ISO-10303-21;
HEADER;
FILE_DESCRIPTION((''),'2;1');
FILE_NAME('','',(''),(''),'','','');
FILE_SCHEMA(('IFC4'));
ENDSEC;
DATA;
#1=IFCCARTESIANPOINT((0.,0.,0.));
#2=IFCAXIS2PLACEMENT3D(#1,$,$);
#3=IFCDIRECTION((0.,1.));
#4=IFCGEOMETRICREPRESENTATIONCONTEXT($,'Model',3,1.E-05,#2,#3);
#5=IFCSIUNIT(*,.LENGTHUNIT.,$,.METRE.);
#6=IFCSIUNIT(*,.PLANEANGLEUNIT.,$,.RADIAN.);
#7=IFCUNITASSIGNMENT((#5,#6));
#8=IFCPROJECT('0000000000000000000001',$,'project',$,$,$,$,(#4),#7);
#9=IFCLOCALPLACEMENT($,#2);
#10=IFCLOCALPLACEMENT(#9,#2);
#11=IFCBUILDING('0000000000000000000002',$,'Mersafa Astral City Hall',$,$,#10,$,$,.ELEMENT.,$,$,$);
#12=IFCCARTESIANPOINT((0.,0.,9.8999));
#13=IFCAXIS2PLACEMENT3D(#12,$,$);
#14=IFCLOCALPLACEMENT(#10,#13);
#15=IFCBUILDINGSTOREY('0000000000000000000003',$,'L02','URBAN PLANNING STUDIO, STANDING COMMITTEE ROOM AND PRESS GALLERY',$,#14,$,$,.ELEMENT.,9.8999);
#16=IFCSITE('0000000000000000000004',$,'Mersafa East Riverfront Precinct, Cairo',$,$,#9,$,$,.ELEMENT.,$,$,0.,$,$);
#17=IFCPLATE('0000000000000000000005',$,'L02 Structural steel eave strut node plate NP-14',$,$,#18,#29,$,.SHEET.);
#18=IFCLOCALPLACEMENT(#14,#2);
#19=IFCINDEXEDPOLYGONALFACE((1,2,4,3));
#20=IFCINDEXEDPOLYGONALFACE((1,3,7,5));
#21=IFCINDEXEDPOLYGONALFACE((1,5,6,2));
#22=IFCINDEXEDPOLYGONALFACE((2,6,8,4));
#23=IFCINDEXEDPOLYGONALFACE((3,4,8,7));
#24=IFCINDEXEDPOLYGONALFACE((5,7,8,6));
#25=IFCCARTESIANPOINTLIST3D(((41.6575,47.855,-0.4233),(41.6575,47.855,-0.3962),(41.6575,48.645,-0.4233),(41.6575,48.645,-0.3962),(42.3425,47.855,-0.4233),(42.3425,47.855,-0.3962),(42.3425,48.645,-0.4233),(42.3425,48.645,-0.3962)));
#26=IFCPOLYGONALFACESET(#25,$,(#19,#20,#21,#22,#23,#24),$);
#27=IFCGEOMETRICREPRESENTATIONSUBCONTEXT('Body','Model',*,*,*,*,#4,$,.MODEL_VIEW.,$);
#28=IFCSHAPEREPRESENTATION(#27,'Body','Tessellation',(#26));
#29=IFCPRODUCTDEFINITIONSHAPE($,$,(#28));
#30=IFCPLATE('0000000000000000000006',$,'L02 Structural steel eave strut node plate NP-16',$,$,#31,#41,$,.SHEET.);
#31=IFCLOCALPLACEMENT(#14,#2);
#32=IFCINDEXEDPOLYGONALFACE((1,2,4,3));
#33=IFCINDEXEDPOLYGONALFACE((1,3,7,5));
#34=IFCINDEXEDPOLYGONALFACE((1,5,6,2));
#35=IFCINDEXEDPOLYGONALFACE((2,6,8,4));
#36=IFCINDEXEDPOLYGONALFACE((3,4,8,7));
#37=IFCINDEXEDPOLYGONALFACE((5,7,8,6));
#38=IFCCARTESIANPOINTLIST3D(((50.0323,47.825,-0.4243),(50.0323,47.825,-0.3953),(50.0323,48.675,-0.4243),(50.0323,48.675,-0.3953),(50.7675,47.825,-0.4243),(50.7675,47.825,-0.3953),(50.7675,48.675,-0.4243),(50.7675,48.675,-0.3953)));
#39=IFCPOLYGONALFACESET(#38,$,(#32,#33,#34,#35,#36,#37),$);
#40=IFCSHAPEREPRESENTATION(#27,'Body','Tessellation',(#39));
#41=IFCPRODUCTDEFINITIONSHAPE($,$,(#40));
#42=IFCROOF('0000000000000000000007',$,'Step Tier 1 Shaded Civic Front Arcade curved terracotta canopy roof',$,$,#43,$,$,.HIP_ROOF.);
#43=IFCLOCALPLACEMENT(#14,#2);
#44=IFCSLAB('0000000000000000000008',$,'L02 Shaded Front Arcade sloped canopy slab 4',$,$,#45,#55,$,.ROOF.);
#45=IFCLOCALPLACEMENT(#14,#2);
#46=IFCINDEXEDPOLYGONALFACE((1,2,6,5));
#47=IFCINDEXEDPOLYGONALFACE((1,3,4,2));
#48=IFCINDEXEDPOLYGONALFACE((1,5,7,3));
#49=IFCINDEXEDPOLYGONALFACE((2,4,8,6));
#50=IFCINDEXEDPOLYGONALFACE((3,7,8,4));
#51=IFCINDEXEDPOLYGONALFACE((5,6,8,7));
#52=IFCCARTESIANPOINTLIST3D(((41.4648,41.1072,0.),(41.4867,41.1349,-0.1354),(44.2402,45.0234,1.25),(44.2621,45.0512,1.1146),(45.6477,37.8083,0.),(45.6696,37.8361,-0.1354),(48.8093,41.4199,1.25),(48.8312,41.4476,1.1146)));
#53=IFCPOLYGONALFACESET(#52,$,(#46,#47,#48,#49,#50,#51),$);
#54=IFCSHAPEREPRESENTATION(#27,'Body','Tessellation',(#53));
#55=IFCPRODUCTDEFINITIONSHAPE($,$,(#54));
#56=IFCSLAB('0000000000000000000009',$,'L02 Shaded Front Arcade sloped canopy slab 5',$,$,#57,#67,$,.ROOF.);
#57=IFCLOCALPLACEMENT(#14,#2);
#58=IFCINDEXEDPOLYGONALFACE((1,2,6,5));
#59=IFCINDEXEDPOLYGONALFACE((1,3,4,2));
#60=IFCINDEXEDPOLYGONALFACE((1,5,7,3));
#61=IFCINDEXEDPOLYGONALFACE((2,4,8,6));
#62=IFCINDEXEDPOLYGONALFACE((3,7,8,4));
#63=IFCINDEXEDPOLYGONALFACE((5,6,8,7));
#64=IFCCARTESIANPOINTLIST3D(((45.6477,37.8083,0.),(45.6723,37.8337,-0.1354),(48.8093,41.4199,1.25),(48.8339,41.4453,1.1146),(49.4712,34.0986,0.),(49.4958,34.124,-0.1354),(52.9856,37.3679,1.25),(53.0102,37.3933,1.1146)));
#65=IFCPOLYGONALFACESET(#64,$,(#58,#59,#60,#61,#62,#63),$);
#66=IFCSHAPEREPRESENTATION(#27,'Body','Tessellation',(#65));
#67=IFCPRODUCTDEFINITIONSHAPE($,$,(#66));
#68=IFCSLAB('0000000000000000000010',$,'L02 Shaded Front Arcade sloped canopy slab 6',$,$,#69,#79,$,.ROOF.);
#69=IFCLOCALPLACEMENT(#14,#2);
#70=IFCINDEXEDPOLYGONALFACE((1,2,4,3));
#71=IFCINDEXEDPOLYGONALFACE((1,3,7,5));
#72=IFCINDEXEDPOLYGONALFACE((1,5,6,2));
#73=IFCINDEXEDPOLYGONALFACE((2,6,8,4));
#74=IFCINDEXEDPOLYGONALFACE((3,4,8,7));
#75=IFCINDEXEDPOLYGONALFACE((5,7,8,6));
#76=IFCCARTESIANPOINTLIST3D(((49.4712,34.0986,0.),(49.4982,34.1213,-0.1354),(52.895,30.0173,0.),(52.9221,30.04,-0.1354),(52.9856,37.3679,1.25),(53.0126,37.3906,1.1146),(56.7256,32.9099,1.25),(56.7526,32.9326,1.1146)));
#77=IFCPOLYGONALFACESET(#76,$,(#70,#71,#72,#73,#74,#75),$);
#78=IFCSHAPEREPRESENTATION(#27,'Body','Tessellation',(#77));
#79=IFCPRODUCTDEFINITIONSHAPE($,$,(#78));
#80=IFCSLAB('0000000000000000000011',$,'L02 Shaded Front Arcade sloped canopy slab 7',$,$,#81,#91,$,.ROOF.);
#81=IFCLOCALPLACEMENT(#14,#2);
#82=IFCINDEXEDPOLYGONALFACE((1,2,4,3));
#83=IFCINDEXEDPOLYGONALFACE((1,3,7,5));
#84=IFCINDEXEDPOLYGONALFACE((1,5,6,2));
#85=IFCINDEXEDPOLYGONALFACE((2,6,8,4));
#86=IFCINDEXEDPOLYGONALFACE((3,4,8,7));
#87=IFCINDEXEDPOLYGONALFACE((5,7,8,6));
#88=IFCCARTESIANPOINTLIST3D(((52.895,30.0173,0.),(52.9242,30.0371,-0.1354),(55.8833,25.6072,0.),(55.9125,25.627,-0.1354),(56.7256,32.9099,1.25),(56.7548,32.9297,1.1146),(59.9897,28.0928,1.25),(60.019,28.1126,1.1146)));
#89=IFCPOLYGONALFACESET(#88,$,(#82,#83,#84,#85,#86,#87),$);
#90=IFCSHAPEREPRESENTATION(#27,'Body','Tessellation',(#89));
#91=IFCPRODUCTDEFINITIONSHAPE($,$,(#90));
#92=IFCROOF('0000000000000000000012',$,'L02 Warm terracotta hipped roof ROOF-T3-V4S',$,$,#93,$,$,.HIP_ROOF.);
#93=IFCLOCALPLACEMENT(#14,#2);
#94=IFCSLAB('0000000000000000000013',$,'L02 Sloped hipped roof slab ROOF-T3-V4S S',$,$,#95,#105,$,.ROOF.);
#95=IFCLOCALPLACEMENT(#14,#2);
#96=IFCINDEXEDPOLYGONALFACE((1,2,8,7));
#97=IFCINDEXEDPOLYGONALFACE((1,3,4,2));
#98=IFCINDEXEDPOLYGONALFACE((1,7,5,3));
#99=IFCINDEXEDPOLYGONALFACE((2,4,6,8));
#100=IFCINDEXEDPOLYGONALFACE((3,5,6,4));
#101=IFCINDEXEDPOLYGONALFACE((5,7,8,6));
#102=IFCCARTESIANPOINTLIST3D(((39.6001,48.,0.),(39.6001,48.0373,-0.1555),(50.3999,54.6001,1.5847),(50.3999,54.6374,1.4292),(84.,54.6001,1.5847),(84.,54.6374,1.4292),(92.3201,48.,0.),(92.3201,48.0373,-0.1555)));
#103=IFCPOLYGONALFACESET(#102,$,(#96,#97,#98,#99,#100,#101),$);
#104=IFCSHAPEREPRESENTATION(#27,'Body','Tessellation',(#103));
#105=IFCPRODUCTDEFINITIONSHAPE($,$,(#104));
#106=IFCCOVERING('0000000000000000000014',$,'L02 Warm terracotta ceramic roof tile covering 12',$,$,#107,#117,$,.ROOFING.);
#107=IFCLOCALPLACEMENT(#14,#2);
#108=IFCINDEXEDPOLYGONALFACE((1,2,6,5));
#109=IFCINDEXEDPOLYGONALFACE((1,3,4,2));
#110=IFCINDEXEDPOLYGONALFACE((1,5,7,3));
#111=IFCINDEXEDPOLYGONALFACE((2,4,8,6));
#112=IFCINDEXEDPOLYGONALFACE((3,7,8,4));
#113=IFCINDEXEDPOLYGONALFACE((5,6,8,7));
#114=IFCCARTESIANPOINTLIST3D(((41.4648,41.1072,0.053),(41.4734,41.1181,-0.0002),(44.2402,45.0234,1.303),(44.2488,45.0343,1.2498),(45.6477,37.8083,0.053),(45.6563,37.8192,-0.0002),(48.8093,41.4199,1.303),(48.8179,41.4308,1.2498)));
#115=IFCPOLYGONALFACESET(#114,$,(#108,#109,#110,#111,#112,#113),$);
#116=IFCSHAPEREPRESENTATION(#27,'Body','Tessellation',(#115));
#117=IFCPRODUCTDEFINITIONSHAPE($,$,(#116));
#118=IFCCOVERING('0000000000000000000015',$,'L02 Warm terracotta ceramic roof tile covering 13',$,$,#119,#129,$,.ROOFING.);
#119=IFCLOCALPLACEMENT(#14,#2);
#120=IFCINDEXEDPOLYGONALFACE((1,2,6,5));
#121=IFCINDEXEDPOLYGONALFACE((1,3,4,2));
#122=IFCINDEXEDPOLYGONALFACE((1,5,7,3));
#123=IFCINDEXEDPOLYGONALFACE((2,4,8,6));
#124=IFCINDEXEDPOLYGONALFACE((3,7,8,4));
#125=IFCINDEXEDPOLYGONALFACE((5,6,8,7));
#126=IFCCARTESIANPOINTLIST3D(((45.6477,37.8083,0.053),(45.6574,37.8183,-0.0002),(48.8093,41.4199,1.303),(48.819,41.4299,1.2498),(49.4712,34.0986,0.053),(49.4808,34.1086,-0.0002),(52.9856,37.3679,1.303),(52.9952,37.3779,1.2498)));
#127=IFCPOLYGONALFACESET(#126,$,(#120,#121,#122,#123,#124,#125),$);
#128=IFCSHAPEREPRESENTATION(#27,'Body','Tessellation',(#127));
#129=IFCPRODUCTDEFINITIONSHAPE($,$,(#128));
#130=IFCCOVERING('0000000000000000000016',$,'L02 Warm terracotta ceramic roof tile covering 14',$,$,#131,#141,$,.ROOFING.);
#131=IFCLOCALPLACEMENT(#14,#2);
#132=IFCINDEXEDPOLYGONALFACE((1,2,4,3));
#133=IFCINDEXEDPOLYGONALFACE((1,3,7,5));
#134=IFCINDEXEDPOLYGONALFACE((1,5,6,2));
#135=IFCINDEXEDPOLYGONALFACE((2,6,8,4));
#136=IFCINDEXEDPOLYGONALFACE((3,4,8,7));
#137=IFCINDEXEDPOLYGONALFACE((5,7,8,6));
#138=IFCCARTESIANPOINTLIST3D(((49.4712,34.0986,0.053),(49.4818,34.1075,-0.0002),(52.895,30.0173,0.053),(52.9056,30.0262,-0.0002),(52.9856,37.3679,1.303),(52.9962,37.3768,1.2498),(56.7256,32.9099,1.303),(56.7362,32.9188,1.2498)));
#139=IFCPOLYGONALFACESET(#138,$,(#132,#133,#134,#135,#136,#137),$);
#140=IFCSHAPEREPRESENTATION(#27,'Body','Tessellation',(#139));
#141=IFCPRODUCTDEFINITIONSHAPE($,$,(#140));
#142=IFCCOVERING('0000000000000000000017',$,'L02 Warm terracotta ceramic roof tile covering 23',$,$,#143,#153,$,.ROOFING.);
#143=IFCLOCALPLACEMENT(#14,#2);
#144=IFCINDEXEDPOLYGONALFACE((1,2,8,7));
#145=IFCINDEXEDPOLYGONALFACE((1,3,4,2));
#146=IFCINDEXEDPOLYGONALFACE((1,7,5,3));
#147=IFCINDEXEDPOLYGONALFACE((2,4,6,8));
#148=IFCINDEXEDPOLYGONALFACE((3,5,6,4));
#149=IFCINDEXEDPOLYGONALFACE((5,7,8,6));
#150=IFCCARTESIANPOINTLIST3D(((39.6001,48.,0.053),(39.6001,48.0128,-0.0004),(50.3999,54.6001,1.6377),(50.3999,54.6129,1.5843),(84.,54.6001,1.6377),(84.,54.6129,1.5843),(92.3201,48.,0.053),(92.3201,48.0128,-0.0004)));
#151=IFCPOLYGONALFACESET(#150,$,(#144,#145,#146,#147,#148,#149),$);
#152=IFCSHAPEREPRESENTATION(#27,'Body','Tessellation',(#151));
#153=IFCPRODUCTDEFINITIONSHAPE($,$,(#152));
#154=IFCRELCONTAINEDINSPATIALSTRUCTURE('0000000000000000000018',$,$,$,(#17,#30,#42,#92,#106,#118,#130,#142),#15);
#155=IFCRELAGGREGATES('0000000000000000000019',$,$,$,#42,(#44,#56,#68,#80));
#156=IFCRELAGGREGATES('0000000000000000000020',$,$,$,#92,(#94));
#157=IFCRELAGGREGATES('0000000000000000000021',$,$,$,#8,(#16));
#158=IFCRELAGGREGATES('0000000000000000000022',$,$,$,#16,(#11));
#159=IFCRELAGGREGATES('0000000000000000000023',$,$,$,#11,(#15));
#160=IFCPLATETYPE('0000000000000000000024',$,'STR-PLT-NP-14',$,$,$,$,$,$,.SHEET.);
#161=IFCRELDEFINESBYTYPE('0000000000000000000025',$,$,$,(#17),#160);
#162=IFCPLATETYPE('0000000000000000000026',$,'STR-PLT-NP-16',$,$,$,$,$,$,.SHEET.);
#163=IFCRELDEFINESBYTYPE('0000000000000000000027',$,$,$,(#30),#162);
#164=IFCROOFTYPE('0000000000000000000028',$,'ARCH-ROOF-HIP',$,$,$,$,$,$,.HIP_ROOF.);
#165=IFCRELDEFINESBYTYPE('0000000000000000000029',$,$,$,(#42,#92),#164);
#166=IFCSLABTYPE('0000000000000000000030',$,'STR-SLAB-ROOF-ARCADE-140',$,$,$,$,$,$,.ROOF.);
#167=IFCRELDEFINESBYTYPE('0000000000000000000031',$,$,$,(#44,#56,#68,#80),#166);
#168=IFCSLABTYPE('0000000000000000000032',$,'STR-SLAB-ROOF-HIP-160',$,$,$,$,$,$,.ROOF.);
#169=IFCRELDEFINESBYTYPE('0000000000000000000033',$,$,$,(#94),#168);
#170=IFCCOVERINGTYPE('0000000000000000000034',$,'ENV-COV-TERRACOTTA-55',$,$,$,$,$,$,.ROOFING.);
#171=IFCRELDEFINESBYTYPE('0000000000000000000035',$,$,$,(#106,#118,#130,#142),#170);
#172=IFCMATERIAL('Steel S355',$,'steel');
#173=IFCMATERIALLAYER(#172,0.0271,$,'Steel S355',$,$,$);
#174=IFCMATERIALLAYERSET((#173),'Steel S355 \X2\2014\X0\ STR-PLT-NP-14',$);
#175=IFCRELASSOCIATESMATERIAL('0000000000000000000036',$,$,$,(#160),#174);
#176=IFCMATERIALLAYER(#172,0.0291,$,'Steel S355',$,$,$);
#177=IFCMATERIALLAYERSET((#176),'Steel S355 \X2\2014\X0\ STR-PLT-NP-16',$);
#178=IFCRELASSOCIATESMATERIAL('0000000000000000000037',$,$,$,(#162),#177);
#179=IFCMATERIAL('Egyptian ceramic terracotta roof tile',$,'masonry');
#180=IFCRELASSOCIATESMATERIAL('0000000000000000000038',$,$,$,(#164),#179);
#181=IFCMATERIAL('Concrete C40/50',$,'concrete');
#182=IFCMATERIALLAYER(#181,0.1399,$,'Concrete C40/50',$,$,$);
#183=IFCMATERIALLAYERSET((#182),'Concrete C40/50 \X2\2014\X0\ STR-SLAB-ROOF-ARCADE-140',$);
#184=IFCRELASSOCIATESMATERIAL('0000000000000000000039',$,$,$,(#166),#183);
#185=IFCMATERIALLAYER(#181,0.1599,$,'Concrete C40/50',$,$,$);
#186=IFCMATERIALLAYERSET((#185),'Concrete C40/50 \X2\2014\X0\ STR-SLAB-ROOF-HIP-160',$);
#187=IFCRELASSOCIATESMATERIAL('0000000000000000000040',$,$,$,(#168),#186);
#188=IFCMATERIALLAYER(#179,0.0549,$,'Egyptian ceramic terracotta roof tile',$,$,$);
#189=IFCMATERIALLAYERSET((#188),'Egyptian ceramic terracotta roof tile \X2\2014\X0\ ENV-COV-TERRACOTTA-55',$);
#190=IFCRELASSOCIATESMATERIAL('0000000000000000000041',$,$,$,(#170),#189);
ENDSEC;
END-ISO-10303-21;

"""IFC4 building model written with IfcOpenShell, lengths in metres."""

from ifc_helpers import new_model, si_unit, direction, frame, origin, origin_2d, place, context, subcontext, project, spatial, polyline, rectangle, outline, extrude, material, layer, layer_set, type_object, element, aggregate, save


model = new_model("IFC4")

# Units and contexts
model_context = context("Model", 3, precision=1e-05, world=origin(), true_north=direction((0.0, 1.0)))
body_context = subcontext(model_context, "Body", "Model", "MODEL_VIEW")
ifc_project = project(units=[si_unit("LENGTHUNIT", "METRE"), si_unit("PLANEANGLEUNIT", "RADIAN")], contexts=[model_context])

# Site, building, storey
site_placement = place(None, origin())
site = spatial("IfcSite", under=ifc_project, at=site_placement, Name="Mersafa East Riverfront Precinct, Cairo", CompositionType="ELEMENT", RefElevation=0.0)
building_placement = place(site_placement, origin())
building = spatial("IfcBuilding", under=site, at=building_placement, Name="Mersafa Astral City Hall", CompositionType="ELEMENT")
storey_placement = place(building_placement, frame((0.0, 0.0, 9.8999)))
storey = spatial("IfcBuildingStorey", under=building, at=storey_placement, Name="L02", Description="URBAN PLANNING STUDIO, STANDING COMMITTEE ROOM AND PRESS GALLERY", CompositionType="ELEMENT", Elevation=9.8999)

# Shared definitions
ifc_material_1 = material(Name="Steel S355", Category="steel")

# Plates
ifc_layer_1 = layer(ifc_material_1, 0.0271, Name="Steel S355")
ifc_layer_set_1 = layer_set([ifc_layer_1], Name="Steel S355 — STR-PLT-NP-14")
plate_type_1 = type_object("IfcPlateType", Name="STR-PLT-NP-14", PredefinedType="SHEET", material=ifc_layer_set_1)
plate_1_placement = place(storey_placement, frame((42.0, 48.25, -0.4233), z_axis=(0.0, 0.0, 1.0), x_axis=(1.0, 0.0, 0.0)))
element("IfcPlate", 1, at=plate_1_placement, inside=storey, type_object=plate_type_1, Name="L02 Structural steel eave strut node plate NP-14", PredefinedType="SHEET", context=body_context, shape_type="SweptSolid", body=[
    extrude(rectangle(XDim=0.6851, YDim=0.79, at=origin_2d()), origin(), (0.0, 0.0, 1.0), 0.0271),
])
ifc_layer_2 = layer(ifc_material_1, 0.0291, Name="Steel S355")
ifc_layer_set_2 = layer_set([ifc_layer_2], Name="Steel S355 — STR-PLT-NP-16")
plate_type_2 = type_object("IfcPlateType", Name="STR-PLT-NP-16", PredefinedType="SHEET", material=ifc_layer_set_2)
plate_2_placement = place(storey_placement, frame((50.3999, 48.25, -0.4243), z_axis=(0.0, 0.0, 1.0), x_axis=(1.0, 0.0, 0.0)))
element("IfcPlate", 2, at=plate_2_placement, inside=storey, type_object=plate_type_2, Name="L02 Structural steel eave strut node plate NP-16", PredefinedType="SHEET", context=body_context, shape_type="SweptSolid", body=[
    extrude(rectangle(XDim=0.7351, YDim=0.8501, at=origin_2d()), origin(), (0.0, 0.0, 1.0), 0.0291),
])

# Roof, slabs
ifc_material_2 = material(Name="Egyptian ceramic terracotta roof tile", Category="masonry")
roof_type = type_object("IfcRoofType", Name="ARCH-ROOF-HIP", PredefinedType="HIP_ROOF", material=ifc_material_2)
roof_1_placement = place(storey_placement, origin())
roof_1 = element("IfcRoof", 3, at=roof_1_placement, inside=storey, type_object=roof_type, Name="Step Tier 1 Shaded Civic Front Arcade curved terracotta canopy roof", PredefinedType="HIP_ROOF")
ifc_material_3 = material(Name="Concrete C40/50", Category="concrete")
ifc_layer_3 = layer(ifc_material_3, 0.1399, Name="Concrete C40/50")
ifc_layer_set_3 = layer_set([ifc_layer_3], Name="Concrete C40/50 — STR-SLAB-ROOF-ARCADE-140")
slab_type_1 = type_object("IfcSlabType", Name="STR-SLAB-ROOF-ARCADE-140", PredefinedType="ROOF", material=ifc_layer_set_3)
slab_1_placement = place(storey_placement, frame((41.4648, 41.1072, 0.0), z_axis=(-0.156252, -0.198123, 0.967643), x_axis=(0.785196, -0.619248, 0.000001)))
slab_1 = element("IfcSlab", 4, at=slab_1_placement, type_object=slab_type_1, Name="L02 Shaded Front Arcade sloped canopy slab 4", PredefinedType="ROOF", context=body_context, shape_type="SweptSolid", body=[
    extrude(outline(polyline([(0.0, 0.0), (5.3272, 0.0), (5.5732, 4.9539), (-0.2459, 4.954), (0.0, 0.0)])), origin(), (0.0, 0.0, -1.0), 0.1399),
])
slab_2_placement = place(storey_placement, frame((45.6477, 37.8083, 0.0), z_axis=(-0.175706, -0.181095, 0.967643), x_axis=(0.717704, -0.696348, 0.0)))
slab_2 = element("IfcSlab", 5, at=slab_2_placement, type_object=slab_type_1, Name="L02 Shaded Front Arcade sloped canopy slab 5", PredefinedType="ROOF", context=body_context, shape_type="SweptSolid", body=[
    extrude(outline(polyline([(0.0, 0.0), (5.3274, 0.0), (5.5731, 4.9539), (-0.2458, 4.9539), (0.0, 0.0)])), origin(), (0.0, 0.0, -1.0), 0.1399),
])
slab_3_placement = place(storey_placement, frame((49.4712, 34.0986, 0.0), z_axis=(-0.193307, -0.16217, 0.967643), x_axis=(0.642701, -0.766117, -0.000002)))
slab_3 = element("IfcSlab", 6, at=slab_3_placement, type_object=slab_type_1, Name="L02 Shaded Front Arcade sloped canopy slab 6", PredefinedType="ROOF", context=body_context, shape_type="SweptSolid", body=[
    extrude(outline(polyline([(0.0, 0.0), (5.3273, 0.0), (5.5731, 4.954), (-0.2459, 4.9539), (0.0, 0.0)])), origin(), (0.0, 0.0, -1.0), 0.1399),
])
slab_4_placement = place(storey_placement, frame((52.895, 30.0173, 0.0), z_axis=(-0.208881, -0.141538, 0.967644), x_axis=(0.560946, -0.827852, -0.000002)))
slab_4 = element("IfcSlab", 7, at=slab_4_placement, type_object=slab_type_1, Name="L02 Shaded Front Arcade sloped canopy slab 7", PredefinedType="ROOF", context=body_context, shape_type="SweptSolid", body=[
    extrude(outline(polyline([(0.0, 0.0), (5.3272, 0.0), (5.573, 4.9541), (-0.2459, 4.954), (0.0, 0.0)])), origin(), (0.0, 0.0, -1.0), 0.1399),
])
aggregate(roof_1, [slab_1, slab_2, slab_3, slab_4])

# Roof, slab
roof_2_placement = place(storey_placement, origin())
roof_2 = element("IfcRoof", 8, at=roof_2_placement, inside=storey, type_object=roof_type, Name="L02 Warm terracotta hipped roof ROOF-T3-V4S", PredefinedType="HIP_ROOF")
ifc_layer_4 = layer(ifc_material_3, 0.1599, Name="Concrete C40/50")
ifc_layer_set_4 = layer_set([ifc_layer_4], Name="Concrete C40/50 — STR-SLAB-ROOF-HIP-160")
slab_type_2 = type_object("IfcSlabType", Name="STR-SLAB-ROOF-HIP-160", PredefinedType="ROOF", material=ifc_layer_set_4)
slab_5_placement = place(storey_placement, frame((39.6001, 48.0, 0.0), z_axis=(0.0, -0.23347, 0.972364), x_axis=(1.0, 0.0, 0.0)))
slab_5 = element("IfcSlab", 9, at=slab_5_placement, type_object=slab_type_2, Name="L02 Sloped hipped roof slab ROOF-T3-V4S S", PredefinedType="ROOF", context=body_context, shape_type="SweptSolid", body=[
    extrude(outline(polyline([(0.0, 0.0), (52.72, 0.0), (44.3999, 6.7877), (10.7998, 6.7877), (0.0, 0.0)])), origin(), (0.0, 0.0, -1.0), 0.1599),
])
aggregate(roof_2, [slab_5])

# Coverings
ifc_layer_5 = layer(ifc_material_2, 0.0549, Name="Egyptian ceramic terracotta roof tile")
ifc_layer_set_5 = layer_set([ifc_layer_5], Name="Egyptian ceramic terracotta roof tile — ENV-COV-TERRACOTTA-55")
covering_type = type_object("IfcCoveringType", Name="ENV-COV-TERRACOTTA-55", PredefinedType="ROOFING", material=ifc_layer_set_5)
covering_1_placement = place(storey_placement, frame((41.4648, 41.1072, 0.053), z_axis=(-0.156252, -0.198123, 0.967643), x_axis=(0.785196, -0.619248, 0.000001)))
element("IfcCovering", 10, at=covering_1_placement, inside=storey, type_object=covering_type, Name="L02 Warm terracotta ceramic roof tile covering 12", PredefinedType="ROOFING", context=body_context, shape_type="SweptSolid", body=[
    extrude(outline(polyline([(0.0, 0.0), (5.3272, 0.0), (5.5732, 4.9539), (-0.2459, 4.954), (0.0, 0.0)])), origin(), (0.0, 0.0, -1.0), 0.0549),
])
covering_2_placement = place(storey_placement, frame((45.6477, 37.8083, 0.053), z_axis=(-0.175706, -0.181095, 0.967643), x_axis=(0.717704, -0.696348, 0.0)))
element("IfcCovering", 11, at=covering_2_placement, inside=storey, type_object=covering_type, Name="L02 Warm terracotta ceramic roof tile covering 13", PredefinedType="ROOFING", context=body_context, shape_type="SweptSolid", body=[
    extrude(outline(polyline([(0.0, 0.0), (5.3274, 0.0), (5.5731, 4.9539), (-0.2458, 4.9539), (0.0, 0.0)])), origin(), (0.0, 0.0, -1.0), 0.0549),
])
covering_3_placement = place(storey_placement, frame((49.4712, 34.0986, 0.053), z_axis=(-0.193307, -0.16217, 0.967643), x_axis=(0.642701, -0.766117, -0.000002)))
element("IfcCovering", 12, at=covering_3_placement, inside=storey, type_object=covering_type, Name="L02 Warm terracotta ceramic roof tile covering 14", PredefinedType="ROOFING", context=body_context, shape_type="SweptSolid", body=[
    extrude(outline(polyline([(0.0, 0.0), (5.3273, 0.0), (5.5731, 4.954), (-0.2459, 4.9539), (0.0, 0.0)])), origin(), (0.0, 0.0, -1.0), 0.0549),
])
covering_4_placement = place(storey_placement, frame((39.6001, 48.0, 0.053), z_axis=(0.0, -0.23347, 0.972364), x_axis=(1.0, 0.0, 0.0)))
element("IfcCovering", 13, at=covering_4_placement, inside=storey, type_object=covering_type, Name="L02 Warm terracotta ceramic roof tile covering 23", PredefinedType="ROOFING", context=body_context, shape_type="SweptSolid", body=[
    extrude(outline(polyline([(0.0, 0.0), (52.72, 0.0), (44.3999, 6.7877), (10.7998, 6.7877), (0.0, 0.0)])), origin(), (0.0, 0.0, -1.0), 0.0549),
])

save(model, "model.ifc")
